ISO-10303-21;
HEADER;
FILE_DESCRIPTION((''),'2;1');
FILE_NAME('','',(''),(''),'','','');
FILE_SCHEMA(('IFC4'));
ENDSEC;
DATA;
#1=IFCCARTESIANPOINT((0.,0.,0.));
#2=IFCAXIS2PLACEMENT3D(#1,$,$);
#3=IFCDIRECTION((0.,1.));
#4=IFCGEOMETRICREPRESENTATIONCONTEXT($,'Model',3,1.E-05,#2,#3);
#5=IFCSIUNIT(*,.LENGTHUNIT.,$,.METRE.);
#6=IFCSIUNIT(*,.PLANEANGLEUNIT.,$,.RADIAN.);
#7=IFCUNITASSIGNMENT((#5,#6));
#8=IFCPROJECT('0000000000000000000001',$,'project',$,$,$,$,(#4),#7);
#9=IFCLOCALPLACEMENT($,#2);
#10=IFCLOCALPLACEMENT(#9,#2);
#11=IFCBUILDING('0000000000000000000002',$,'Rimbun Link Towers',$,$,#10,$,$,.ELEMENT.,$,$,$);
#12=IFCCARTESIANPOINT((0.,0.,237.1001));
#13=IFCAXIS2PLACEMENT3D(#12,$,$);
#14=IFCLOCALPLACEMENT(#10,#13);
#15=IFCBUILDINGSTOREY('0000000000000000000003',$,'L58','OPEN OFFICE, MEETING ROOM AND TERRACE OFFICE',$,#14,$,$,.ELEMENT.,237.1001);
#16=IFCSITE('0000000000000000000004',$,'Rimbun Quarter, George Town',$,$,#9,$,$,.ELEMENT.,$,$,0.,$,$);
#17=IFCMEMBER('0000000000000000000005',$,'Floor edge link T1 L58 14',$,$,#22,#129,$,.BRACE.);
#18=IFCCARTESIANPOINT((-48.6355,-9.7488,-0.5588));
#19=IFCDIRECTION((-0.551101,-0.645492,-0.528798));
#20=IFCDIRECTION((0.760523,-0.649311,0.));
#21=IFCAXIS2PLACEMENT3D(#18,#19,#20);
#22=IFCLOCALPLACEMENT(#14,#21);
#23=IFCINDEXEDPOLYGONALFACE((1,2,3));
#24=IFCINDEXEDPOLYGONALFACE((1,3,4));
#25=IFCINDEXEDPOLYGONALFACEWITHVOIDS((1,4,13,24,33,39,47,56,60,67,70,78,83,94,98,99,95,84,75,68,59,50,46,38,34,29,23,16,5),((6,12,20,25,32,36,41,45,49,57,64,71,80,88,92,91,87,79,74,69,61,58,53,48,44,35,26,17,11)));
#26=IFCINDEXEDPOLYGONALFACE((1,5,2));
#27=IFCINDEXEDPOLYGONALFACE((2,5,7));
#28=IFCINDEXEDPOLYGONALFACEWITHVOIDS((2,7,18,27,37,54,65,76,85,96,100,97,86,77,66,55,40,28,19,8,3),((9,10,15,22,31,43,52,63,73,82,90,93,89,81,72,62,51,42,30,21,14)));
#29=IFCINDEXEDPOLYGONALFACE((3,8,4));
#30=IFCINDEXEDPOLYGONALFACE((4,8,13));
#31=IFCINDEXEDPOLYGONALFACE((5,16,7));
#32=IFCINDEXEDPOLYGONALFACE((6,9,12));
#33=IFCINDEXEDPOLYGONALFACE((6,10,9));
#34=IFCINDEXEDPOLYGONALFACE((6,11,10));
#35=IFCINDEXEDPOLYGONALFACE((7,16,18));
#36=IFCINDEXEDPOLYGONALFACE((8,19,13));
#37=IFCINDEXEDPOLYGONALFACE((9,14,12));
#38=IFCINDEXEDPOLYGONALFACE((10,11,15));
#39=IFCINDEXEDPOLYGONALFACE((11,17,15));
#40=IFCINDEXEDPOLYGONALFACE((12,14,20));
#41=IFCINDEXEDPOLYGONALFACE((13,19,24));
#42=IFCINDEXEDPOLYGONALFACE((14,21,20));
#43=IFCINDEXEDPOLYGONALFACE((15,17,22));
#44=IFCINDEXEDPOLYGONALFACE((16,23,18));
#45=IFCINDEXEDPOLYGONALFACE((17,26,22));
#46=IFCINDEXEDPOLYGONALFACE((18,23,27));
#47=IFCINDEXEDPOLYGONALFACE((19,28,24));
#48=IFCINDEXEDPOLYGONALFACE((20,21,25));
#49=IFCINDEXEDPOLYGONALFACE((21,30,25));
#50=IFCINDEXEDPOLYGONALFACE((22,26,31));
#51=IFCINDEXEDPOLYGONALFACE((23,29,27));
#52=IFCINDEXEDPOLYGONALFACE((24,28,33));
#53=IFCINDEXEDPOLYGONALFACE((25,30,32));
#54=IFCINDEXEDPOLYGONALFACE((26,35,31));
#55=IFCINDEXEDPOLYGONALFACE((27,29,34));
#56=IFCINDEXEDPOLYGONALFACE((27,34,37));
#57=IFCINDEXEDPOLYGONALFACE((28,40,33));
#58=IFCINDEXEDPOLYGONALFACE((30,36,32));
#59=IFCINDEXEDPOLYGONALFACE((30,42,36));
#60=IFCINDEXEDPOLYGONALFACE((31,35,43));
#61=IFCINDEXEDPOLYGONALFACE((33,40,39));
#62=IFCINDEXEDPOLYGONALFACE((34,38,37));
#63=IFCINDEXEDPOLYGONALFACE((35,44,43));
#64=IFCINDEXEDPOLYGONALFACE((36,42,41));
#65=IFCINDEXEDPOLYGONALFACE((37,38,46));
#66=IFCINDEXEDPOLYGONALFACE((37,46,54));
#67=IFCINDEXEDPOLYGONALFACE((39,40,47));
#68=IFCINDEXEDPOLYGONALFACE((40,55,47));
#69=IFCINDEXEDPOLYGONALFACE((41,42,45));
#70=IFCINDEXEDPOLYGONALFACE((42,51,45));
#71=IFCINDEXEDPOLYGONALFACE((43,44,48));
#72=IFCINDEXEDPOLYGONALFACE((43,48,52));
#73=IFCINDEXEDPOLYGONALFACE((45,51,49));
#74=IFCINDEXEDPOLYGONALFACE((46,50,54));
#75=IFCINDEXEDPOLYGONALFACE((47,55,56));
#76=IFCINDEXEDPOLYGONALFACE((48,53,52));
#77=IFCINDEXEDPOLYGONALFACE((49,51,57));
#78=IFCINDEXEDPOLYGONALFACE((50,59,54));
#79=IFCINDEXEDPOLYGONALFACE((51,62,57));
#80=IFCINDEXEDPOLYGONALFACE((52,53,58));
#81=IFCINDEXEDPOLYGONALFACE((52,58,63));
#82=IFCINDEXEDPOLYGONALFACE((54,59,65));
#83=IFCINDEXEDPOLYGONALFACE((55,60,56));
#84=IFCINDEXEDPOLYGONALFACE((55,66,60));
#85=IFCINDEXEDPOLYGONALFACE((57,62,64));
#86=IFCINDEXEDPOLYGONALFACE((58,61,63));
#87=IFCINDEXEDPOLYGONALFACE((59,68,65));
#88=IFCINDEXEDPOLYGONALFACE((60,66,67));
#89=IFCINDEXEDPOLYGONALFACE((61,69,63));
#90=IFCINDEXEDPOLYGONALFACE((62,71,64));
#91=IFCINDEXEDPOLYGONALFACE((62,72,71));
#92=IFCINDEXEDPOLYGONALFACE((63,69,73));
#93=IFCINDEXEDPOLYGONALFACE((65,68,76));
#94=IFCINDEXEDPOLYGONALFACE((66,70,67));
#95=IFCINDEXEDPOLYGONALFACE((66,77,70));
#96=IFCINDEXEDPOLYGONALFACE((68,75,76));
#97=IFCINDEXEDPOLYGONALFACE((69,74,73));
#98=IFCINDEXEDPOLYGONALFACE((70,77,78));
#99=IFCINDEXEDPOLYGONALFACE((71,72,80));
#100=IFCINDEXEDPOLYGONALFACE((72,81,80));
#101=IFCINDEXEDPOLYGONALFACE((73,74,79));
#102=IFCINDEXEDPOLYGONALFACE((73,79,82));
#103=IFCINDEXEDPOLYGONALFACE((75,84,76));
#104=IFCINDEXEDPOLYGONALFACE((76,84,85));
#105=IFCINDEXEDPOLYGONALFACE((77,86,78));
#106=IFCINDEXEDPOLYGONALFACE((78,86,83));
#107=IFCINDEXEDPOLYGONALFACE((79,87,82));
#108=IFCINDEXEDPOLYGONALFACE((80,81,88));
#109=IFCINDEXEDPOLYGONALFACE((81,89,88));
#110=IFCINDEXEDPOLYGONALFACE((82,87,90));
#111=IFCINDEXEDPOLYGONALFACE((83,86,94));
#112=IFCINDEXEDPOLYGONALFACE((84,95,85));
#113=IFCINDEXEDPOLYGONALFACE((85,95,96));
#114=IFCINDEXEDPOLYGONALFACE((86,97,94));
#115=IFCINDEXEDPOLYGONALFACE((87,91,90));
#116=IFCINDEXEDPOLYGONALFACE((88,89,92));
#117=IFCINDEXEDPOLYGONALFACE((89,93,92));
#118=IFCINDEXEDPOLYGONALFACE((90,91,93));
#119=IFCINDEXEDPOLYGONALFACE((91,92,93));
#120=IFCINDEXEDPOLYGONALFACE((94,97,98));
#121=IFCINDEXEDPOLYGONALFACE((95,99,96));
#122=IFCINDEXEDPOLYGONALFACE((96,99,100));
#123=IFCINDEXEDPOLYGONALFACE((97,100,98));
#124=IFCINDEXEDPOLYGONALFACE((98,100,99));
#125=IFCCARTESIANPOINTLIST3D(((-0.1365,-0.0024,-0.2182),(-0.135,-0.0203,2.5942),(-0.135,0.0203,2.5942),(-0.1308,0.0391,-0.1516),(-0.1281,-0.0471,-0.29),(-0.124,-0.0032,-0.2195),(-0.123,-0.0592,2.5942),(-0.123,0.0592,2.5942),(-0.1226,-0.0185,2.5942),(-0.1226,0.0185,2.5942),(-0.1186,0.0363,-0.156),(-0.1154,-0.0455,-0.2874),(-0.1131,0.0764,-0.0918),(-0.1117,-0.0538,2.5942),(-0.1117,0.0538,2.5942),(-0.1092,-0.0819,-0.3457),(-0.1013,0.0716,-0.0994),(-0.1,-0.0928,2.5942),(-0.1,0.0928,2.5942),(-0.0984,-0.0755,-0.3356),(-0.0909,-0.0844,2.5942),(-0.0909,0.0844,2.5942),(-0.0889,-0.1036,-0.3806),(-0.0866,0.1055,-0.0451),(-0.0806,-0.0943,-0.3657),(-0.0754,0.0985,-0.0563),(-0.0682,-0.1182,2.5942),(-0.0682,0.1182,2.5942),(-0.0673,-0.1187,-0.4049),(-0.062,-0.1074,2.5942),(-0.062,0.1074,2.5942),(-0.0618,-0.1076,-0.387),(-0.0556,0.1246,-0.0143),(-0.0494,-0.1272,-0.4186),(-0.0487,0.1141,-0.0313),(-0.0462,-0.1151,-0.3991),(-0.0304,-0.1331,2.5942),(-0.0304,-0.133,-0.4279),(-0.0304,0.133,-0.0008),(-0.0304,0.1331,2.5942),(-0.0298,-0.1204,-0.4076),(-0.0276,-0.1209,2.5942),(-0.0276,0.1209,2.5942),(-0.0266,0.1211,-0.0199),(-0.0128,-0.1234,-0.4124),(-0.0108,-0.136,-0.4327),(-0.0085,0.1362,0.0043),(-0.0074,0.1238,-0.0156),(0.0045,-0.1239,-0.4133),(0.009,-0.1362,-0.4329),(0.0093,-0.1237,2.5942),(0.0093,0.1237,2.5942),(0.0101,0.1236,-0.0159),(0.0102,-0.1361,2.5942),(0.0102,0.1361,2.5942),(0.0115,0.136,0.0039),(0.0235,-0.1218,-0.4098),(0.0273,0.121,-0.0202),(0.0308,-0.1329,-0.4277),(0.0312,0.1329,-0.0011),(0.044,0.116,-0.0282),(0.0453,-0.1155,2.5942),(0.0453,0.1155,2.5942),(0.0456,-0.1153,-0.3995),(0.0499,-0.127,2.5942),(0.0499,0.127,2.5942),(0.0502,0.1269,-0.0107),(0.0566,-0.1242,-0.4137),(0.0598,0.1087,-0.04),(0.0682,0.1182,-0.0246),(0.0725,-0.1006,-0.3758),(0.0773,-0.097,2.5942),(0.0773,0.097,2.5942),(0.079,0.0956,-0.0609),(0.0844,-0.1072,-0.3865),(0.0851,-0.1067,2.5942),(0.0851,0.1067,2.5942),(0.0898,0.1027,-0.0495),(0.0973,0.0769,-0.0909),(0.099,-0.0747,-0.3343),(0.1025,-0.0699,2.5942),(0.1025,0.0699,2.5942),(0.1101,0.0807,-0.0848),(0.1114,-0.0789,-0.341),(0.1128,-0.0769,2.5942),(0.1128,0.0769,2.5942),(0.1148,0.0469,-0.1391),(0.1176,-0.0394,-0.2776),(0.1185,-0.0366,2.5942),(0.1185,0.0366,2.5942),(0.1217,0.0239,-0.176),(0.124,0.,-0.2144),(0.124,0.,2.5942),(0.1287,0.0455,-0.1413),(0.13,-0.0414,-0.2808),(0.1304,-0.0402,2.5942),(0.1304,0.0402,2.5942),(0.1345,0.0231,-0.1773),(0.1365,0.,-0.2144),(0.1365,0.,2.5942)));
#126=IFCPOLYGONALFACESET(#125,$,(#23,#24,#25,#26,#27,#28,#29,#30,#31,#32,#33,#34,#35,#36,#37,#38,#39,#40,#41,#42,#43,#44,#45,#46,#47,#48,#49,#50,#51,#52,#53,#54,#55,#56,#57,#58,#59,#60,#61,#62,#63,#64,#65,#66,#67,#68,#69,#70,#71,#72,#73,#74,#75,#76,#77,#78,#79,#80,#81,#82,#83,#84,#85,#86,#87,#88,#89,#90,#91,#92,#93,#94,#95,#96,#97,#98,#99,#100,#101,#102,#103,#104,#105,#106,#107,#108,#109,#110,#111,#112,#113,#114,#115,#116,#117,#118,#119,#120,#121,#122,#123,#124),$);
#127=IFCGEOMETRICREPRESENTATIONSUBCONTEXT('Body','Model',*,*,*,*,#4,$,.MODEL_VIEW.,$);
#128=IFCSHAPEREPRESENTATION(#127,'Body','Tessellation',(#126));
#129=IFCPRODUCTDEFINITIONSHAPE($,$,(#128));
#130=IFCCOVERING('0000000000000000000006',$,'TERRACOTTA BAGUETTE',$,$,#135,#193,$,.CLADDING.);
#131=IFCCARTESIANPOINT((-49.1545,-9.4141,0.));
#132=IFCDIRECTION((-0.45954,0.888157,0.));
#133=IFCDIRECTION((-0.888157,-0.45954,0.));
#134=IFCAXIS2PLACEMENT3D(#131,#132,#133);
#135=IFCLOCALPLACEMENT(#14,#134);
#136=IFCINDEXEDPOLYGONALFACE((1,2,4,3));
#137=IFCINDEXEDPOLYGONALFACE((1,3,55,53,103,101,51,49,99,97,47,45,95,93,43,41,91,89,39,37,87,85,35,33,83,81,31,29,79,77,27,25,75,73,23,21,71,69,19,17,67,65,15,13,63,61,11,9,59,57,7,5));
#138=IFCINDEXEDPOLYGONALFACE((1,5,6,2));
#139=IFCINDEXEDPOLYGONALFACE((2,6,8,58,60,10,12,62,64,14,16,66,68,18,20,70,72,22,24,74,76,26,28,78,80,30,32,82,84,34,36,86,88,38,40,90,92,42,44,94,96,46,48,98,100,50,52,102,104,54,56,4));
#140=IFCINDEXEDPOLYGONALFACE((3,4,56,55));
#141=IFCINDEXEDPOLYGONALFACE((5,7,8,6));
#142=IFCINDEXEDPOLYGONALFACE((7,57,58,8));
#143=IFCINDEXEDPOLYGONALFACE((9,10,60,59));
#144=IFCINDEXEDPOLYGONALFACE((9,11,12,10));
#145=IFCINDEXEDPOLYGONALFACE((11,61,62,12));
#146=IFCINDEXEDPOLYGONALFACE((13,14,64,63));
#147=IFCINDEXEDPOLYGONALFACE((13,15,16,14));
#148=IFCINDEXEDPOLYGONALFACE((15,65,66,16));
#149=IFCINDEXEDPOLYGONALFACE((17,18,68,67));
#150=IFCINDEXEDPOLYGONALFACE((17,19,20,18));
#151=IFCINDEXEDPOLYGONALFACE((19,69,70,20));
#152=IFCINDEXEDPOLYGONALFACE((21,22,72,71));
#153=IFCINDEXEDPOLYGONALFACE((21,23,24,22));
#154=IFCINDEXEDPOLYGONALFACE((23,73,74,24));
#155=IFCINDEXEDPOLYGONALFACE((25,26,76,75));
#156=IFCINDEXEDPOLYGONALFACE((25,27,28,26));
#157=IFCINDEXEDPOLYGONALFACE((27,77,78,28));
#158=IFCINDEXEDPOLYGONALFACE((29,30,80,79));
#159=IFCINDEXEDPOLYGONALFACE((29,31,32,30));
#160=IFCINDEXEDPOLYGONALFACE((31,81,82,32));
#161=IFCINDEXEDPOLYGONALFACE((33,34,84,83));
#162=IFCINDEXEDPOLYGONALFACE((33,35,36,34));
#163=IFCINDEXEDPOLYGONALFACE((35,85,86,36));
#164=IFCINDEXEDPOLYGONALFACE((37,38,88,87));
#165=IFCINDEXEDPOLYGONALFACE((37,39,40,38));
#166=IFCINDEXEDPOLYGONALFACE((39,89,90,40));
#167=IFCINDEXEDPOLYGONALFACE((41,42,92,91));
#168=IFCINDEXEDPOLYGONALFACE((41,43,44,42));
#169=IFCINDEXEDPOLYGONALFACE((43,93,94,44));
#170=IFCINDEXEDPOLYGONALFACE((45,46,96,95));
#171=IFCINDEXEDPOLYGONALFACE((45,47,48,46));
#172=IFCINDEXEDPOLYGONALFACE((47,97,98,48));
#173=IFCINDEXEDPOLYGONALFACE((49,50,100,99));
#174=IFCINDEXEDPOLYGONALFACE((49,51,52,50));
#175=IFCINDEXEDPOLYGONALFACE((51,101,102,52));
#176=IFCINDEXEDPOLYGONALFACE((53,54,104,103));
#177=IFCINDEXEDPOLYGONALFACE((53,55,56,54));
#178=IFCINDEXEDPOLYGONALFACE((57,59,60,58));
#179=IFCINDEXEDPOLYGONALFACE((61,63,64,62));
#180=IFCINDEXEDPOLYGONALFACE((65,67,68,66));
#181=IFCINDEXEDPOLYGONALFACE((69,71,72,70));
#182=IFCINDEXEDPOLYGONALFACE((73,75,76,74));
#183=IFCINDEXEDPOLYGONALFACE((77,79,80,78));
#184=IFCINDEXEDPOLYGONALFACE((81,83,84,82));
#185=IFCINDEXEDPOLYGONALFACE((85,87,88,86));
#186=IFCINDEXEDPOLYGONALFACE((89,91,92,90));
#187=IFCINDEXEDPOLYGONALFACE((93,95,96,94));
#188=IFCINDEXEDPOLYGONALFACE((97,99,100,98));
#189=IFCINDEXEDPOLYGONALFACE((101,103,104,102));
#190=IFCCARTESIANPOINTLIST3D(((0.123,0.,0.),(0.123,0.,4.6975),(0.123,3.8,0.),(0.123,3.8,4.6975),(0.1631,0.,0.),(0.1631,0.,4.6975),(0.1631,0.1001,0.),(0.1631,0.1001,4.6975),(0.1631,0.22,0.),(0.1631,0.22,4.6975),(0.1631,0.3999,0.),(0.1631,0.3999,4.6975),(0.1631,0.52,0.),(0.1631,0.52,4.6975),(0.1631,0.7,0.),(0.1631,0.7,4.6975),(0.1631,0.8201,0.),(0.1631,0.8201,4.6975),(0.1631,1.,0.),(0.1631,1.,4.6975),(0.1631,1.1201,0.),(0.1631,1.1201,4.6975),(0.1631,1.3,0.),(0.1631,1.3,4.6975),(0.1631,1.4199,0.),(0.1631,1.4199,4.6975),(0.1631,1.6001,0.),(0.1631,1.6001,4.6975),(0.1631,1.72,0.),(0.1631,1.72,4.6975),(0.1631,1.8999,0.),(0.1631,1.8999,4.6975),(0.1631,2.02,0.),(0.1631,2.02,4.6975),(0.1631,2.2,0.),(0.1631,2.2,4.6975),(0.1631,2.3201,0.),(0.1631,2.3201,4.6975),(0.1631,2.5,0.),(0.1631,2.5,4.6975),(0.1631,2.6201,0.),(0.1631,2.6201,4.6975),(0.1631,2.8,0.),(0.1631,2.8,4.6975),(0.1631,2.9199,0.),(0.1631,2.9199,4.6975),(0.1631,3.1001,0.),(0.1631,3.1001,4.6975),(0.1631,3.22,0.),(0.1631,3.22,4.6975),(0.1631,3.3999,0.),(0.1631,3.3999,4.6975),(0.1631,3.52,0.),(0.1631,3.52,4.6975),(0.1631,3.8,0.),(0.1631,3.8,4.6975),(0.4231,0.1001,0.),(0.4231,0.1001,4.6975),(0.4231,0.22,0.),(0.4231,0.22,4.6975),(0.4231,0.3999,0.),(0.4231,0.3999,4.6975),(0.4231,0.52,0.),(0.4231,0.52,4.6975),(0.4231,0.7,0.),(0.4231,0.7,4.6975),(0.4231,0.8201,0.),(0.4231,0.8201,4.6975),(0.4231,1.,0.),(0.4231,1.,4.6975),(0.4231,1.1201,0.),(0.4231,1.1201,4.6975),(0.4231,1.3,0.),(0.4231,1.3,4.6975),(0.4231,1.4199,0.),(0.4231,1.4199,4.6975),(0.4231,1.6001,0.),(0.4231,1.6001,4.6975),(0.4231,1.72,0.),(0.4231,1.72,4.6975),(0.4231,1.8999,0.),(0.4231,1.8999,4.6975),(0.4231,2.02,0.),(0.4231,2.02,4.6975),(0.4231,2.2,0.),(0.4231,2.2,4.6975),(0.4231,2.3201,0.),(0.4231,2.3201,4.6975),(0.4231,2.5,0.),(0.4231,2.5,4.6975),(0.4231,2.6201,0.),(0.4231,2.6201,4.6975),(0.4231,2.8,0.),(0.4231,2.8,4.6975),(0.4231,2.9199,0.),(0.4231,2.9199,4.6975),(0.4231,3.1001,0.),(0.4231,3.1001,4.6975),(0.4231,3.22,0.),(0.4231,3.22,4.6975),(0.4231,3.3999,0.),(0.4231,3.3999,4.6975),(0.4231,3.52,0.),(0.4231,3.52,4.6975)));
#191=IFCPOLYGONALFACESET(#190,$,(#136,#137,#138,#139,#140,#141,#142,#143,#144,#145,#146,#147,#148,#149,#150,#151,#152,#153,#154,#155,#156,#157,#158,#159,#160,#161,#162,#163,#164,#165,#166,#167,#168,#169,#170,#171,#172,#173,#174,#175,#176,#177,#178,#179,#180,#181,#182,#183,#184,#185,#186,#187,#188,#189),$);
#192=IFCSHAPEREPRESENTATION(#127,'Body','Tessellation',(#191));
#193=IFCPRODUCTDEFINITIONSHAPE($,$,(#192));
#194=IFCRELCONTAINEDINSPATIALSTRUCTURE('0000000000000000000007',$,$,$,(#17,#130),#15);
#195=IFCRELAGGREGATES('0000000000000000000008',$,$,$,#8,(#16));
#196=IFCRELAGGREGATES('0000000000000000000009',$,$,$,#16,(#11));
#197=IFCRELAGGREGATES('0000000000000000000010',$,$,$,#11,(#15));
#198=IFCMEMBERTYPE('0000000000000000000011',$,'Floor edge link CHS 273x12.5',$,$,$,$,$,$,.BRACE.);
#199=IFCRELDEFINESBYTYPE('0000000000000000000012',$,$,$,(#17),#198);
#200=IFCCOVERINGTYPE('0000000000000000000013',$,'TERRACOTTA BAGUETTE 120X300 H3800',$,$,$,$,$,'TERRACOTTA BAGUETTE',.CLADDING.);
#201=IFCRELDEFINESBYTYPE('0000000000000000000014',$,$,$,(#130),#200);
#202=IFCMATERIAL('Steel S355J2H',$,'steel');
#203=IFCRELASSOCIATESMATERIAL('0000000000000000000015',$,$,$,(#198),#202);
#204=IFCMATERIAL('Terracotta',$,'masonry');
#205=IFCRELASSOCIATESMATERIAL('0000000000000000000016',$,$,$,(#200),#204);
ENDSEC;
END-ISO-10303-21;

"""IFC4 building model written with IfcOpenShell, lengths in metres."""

from ifc_helpers import new_model, si_unit, direction, frame, origin, origin_2d, place, context, subcontext, project, spatial, polyline, hollow_circle, outline, extrude, clip, halfspace, material, material_profile, profile_set, type_object, element, save


model = new_model("IFC4")

# Units and contexts
model_context = context("Model", 3, precision=1e-05, world=origin(), true_north=direction((0.0, 1.0)))
body_context = subcontext(model_context, "Body", "Model", "MODEL_VIEW")
ifc_project = project(units=[si_unit("LENGTHUNIT", "METRE"), si_unit("PLANEANGLEUNIT", "RADIAN")], contexts=[model_context])

# Site, building, storey
site_placement = place(None, origin())
site = spatial("IfcSite", under=ifc_project, at=site_placement, Name="Rimbun Quarter, George Town", CompositionType="ELEMENT", RefElevation=0.0)
building_placement = place(site_placement, origin())
building = spatial("IfcBuilding", under=site, at=building_placement, Name="Rimbun Link Towers", CompositionType="ELEMENT")
storey_placement = place(building_placement, frame((0.0, 0.0, 237.1001)))
storey = spatial("IfcBuildingStorey", under=building, at=storey_placement, Name="L58", Description="OPEN OFFICE, MEETING ROOM AND TERRACE OFFICE", CompositionType="ELEMENT", Elevation=237.1001)

# Member
ifc_material_1 = material(Name="Steel S355J2H", Category="steel")
ifc_material_profile_1 = material_profile(ifc_material_1, hollow_circle(Radius=0.1365, WallThickness=0.0125, at=origin_2d()), Name="CHS 273x12.5")
ifc_profile_set_1 = profile_set([ifc_material_profile_1], Name="Steel S355J2H")
member_type_1 = type_object("IfcMemberType", Name="Floor edge link CHS 273x12.5", PredefinedType="BRACE", material=ifc_profile_set_1)
member_1_placement = place(storey_placement, frame((-48.6355, -9.7488, -0.5588), z_axis=(-0.551101, -0.645492, -0.528798), x_axis=(0.760523, -0.649311, 0.0)))
element("IfcMember", 1, at=member_1_placement, inside=storey, type_object=member_type_1, Name="Floor edge link T1 L58 14", PredefinedType="BRACE", context=body_context, shape_type="Clipping", body=[
    clip(extrude(hollow_circle(Radius=0.1365, WallThickness=0.0125, at=origin_2d()), frame((0.0, 0.0, -0.4573)), (0.0, 0.0, 1.0), 3.0515), halfspace(frame((0.0, 0.0, -0.2144), z_axis=(0.0, 0.848748, -0.528798)), False)),
])

# Covering
ifc_material_2 = material(Name="Terracotta", Category="masonry")
ifc_material_profile_2 = material_profile(ifc_material_2, outline(polyline([(0.123, 0.0), (0.1631, 0.0), (0.1631, 0.1001), (0.4231, 0.1001), (0.4231, 0.22), (0.1631, 0.22), (0.1631, 0.3999), (0.4231, 0.3999), (0.4231, 0.52), (0.1631, 0.52), (0.1631, 0.7), (0.4231, 0.7), (0.4231, 0.8201), (0.1631, 0.8201), (0.1631, 1.0), (0.4231, 1.0), (0.4231, 1.1201), (0.1631, 1.1201), (0.1631, 1.3), (0.4231, 1.3), (0.4231, 1.4199), (0.1631, 1.4199), (0.1631, 1.6001), (0.4231, 1.6001), (0.4231, 1.72), (0.1631, 1.72), (0.1631, 1.8999), (0.4231, 1.8999), (0.4231, 2.02), (0.1631, 2.02), (0.1631, 2.2), (0.4231, 2.2), (0.4231, 2.3201), (0.1631, 2.3201), (0.1631, 2.5), (0.4231, 2.5), (0.4231, 2.6201), (0.1631, 2.6201), (0.1631, 2.8), (0.4231, 2.8), (0.4231, 2.9199), (0.1631, 2.9199), (0.1631, 3.1001), (0.4231, 3.1001), (0.4231, 3.22), (0.1631, 3.22), (0.1631, 3.3999), (0.4231, 3.3999), (0.4231, 3.52), (0.1631, 3.52), (0.1631, 3.8), (0.123, 3.8), (0.123, 0.0)])), Name="BAGUETTE 120X300")
ifc_profile_set_2 = profile_set([ifc_material_profile_2], Name="Terracotta")
covering_type = type_object("IfcCoveringType", Name="TERRACOTTA BAGUETTE 120X300 H3800", ElementType="TERRACOTTA BAGUETTE", PredefinedType="CLADDING", material=ifc_profile_set_2)
covering_1_placement = place(storey_placement, frame((-49.1545, -9.4141, 0.0), z_axis=(-0.45954, 0.888157, 0.0), x_axis=(-0.888157, -0.45954, 0.0)))
element("IfcCovering", 2, at=covering_1_placement, inside=storey, type_object=covering_type, Name="TERRACOTTA BAGUETTE", PredefinedType="CLADDING", context=body_context, shape_type="SweptSolid", body=[
    extrude(outline(polyline([(0.123, 0.0), (0.1631, 0.0), (0.1631, 0.1001), (0.4231, 0.1001), (0.4231, 0.22), (0.1631, 0.22), (0.1631, 0.3999), (0.4231, 0.3999), (0.4231, 0.52), (0.1631, 0.52), (0.1631, 0.7), (0.4231, 0.7), (0.4231, 0.8201), (0.1631, 0.8201), (0.1631, 1.0), (0.4231, 1.0), (0.4231, 1.1201), (0.1631, 1.1201), (0.1631, 1.3), (0.4231, 1.3), (0.4231, 1.4199), (0.1631, 1.4199), (0.1631, 1.6001), (0.4231, 1.6001), (0.4231, 1.72), (0.1631, 1.72), (0.1631, 1.8999), (0.4231, 1.8999), (0.4231, 2.02), (0.1631, 2.02), (0.1631, 2.2), (0.4231, 2.2), (0.4231, 2.3201), (0.1631, 2.3201), (0.1631, 2.5), (0.4231, 2.5), (0.4231, 2.6201), (0.1631, 2.6201), (0.1631, 2.8), (0.4231, 2.8), (0.4231, 2.9199), (0.1631, 2.9199), (0.1631, 3.1001), (0.4231, 3.1001), (0.4231, 3.22), (0.1631, 3.22), (0.1631, 3.3999), (0.4231, 3.3999), (0.4231, 3.52), (0.1631, 3.52), (0.1631, 3.8), (0.123, 3.8), (0.123, 0.0)])), origin(), (0.0, 0.0, 1.0), 4.6975),
])

save(model, "model.ifc")
